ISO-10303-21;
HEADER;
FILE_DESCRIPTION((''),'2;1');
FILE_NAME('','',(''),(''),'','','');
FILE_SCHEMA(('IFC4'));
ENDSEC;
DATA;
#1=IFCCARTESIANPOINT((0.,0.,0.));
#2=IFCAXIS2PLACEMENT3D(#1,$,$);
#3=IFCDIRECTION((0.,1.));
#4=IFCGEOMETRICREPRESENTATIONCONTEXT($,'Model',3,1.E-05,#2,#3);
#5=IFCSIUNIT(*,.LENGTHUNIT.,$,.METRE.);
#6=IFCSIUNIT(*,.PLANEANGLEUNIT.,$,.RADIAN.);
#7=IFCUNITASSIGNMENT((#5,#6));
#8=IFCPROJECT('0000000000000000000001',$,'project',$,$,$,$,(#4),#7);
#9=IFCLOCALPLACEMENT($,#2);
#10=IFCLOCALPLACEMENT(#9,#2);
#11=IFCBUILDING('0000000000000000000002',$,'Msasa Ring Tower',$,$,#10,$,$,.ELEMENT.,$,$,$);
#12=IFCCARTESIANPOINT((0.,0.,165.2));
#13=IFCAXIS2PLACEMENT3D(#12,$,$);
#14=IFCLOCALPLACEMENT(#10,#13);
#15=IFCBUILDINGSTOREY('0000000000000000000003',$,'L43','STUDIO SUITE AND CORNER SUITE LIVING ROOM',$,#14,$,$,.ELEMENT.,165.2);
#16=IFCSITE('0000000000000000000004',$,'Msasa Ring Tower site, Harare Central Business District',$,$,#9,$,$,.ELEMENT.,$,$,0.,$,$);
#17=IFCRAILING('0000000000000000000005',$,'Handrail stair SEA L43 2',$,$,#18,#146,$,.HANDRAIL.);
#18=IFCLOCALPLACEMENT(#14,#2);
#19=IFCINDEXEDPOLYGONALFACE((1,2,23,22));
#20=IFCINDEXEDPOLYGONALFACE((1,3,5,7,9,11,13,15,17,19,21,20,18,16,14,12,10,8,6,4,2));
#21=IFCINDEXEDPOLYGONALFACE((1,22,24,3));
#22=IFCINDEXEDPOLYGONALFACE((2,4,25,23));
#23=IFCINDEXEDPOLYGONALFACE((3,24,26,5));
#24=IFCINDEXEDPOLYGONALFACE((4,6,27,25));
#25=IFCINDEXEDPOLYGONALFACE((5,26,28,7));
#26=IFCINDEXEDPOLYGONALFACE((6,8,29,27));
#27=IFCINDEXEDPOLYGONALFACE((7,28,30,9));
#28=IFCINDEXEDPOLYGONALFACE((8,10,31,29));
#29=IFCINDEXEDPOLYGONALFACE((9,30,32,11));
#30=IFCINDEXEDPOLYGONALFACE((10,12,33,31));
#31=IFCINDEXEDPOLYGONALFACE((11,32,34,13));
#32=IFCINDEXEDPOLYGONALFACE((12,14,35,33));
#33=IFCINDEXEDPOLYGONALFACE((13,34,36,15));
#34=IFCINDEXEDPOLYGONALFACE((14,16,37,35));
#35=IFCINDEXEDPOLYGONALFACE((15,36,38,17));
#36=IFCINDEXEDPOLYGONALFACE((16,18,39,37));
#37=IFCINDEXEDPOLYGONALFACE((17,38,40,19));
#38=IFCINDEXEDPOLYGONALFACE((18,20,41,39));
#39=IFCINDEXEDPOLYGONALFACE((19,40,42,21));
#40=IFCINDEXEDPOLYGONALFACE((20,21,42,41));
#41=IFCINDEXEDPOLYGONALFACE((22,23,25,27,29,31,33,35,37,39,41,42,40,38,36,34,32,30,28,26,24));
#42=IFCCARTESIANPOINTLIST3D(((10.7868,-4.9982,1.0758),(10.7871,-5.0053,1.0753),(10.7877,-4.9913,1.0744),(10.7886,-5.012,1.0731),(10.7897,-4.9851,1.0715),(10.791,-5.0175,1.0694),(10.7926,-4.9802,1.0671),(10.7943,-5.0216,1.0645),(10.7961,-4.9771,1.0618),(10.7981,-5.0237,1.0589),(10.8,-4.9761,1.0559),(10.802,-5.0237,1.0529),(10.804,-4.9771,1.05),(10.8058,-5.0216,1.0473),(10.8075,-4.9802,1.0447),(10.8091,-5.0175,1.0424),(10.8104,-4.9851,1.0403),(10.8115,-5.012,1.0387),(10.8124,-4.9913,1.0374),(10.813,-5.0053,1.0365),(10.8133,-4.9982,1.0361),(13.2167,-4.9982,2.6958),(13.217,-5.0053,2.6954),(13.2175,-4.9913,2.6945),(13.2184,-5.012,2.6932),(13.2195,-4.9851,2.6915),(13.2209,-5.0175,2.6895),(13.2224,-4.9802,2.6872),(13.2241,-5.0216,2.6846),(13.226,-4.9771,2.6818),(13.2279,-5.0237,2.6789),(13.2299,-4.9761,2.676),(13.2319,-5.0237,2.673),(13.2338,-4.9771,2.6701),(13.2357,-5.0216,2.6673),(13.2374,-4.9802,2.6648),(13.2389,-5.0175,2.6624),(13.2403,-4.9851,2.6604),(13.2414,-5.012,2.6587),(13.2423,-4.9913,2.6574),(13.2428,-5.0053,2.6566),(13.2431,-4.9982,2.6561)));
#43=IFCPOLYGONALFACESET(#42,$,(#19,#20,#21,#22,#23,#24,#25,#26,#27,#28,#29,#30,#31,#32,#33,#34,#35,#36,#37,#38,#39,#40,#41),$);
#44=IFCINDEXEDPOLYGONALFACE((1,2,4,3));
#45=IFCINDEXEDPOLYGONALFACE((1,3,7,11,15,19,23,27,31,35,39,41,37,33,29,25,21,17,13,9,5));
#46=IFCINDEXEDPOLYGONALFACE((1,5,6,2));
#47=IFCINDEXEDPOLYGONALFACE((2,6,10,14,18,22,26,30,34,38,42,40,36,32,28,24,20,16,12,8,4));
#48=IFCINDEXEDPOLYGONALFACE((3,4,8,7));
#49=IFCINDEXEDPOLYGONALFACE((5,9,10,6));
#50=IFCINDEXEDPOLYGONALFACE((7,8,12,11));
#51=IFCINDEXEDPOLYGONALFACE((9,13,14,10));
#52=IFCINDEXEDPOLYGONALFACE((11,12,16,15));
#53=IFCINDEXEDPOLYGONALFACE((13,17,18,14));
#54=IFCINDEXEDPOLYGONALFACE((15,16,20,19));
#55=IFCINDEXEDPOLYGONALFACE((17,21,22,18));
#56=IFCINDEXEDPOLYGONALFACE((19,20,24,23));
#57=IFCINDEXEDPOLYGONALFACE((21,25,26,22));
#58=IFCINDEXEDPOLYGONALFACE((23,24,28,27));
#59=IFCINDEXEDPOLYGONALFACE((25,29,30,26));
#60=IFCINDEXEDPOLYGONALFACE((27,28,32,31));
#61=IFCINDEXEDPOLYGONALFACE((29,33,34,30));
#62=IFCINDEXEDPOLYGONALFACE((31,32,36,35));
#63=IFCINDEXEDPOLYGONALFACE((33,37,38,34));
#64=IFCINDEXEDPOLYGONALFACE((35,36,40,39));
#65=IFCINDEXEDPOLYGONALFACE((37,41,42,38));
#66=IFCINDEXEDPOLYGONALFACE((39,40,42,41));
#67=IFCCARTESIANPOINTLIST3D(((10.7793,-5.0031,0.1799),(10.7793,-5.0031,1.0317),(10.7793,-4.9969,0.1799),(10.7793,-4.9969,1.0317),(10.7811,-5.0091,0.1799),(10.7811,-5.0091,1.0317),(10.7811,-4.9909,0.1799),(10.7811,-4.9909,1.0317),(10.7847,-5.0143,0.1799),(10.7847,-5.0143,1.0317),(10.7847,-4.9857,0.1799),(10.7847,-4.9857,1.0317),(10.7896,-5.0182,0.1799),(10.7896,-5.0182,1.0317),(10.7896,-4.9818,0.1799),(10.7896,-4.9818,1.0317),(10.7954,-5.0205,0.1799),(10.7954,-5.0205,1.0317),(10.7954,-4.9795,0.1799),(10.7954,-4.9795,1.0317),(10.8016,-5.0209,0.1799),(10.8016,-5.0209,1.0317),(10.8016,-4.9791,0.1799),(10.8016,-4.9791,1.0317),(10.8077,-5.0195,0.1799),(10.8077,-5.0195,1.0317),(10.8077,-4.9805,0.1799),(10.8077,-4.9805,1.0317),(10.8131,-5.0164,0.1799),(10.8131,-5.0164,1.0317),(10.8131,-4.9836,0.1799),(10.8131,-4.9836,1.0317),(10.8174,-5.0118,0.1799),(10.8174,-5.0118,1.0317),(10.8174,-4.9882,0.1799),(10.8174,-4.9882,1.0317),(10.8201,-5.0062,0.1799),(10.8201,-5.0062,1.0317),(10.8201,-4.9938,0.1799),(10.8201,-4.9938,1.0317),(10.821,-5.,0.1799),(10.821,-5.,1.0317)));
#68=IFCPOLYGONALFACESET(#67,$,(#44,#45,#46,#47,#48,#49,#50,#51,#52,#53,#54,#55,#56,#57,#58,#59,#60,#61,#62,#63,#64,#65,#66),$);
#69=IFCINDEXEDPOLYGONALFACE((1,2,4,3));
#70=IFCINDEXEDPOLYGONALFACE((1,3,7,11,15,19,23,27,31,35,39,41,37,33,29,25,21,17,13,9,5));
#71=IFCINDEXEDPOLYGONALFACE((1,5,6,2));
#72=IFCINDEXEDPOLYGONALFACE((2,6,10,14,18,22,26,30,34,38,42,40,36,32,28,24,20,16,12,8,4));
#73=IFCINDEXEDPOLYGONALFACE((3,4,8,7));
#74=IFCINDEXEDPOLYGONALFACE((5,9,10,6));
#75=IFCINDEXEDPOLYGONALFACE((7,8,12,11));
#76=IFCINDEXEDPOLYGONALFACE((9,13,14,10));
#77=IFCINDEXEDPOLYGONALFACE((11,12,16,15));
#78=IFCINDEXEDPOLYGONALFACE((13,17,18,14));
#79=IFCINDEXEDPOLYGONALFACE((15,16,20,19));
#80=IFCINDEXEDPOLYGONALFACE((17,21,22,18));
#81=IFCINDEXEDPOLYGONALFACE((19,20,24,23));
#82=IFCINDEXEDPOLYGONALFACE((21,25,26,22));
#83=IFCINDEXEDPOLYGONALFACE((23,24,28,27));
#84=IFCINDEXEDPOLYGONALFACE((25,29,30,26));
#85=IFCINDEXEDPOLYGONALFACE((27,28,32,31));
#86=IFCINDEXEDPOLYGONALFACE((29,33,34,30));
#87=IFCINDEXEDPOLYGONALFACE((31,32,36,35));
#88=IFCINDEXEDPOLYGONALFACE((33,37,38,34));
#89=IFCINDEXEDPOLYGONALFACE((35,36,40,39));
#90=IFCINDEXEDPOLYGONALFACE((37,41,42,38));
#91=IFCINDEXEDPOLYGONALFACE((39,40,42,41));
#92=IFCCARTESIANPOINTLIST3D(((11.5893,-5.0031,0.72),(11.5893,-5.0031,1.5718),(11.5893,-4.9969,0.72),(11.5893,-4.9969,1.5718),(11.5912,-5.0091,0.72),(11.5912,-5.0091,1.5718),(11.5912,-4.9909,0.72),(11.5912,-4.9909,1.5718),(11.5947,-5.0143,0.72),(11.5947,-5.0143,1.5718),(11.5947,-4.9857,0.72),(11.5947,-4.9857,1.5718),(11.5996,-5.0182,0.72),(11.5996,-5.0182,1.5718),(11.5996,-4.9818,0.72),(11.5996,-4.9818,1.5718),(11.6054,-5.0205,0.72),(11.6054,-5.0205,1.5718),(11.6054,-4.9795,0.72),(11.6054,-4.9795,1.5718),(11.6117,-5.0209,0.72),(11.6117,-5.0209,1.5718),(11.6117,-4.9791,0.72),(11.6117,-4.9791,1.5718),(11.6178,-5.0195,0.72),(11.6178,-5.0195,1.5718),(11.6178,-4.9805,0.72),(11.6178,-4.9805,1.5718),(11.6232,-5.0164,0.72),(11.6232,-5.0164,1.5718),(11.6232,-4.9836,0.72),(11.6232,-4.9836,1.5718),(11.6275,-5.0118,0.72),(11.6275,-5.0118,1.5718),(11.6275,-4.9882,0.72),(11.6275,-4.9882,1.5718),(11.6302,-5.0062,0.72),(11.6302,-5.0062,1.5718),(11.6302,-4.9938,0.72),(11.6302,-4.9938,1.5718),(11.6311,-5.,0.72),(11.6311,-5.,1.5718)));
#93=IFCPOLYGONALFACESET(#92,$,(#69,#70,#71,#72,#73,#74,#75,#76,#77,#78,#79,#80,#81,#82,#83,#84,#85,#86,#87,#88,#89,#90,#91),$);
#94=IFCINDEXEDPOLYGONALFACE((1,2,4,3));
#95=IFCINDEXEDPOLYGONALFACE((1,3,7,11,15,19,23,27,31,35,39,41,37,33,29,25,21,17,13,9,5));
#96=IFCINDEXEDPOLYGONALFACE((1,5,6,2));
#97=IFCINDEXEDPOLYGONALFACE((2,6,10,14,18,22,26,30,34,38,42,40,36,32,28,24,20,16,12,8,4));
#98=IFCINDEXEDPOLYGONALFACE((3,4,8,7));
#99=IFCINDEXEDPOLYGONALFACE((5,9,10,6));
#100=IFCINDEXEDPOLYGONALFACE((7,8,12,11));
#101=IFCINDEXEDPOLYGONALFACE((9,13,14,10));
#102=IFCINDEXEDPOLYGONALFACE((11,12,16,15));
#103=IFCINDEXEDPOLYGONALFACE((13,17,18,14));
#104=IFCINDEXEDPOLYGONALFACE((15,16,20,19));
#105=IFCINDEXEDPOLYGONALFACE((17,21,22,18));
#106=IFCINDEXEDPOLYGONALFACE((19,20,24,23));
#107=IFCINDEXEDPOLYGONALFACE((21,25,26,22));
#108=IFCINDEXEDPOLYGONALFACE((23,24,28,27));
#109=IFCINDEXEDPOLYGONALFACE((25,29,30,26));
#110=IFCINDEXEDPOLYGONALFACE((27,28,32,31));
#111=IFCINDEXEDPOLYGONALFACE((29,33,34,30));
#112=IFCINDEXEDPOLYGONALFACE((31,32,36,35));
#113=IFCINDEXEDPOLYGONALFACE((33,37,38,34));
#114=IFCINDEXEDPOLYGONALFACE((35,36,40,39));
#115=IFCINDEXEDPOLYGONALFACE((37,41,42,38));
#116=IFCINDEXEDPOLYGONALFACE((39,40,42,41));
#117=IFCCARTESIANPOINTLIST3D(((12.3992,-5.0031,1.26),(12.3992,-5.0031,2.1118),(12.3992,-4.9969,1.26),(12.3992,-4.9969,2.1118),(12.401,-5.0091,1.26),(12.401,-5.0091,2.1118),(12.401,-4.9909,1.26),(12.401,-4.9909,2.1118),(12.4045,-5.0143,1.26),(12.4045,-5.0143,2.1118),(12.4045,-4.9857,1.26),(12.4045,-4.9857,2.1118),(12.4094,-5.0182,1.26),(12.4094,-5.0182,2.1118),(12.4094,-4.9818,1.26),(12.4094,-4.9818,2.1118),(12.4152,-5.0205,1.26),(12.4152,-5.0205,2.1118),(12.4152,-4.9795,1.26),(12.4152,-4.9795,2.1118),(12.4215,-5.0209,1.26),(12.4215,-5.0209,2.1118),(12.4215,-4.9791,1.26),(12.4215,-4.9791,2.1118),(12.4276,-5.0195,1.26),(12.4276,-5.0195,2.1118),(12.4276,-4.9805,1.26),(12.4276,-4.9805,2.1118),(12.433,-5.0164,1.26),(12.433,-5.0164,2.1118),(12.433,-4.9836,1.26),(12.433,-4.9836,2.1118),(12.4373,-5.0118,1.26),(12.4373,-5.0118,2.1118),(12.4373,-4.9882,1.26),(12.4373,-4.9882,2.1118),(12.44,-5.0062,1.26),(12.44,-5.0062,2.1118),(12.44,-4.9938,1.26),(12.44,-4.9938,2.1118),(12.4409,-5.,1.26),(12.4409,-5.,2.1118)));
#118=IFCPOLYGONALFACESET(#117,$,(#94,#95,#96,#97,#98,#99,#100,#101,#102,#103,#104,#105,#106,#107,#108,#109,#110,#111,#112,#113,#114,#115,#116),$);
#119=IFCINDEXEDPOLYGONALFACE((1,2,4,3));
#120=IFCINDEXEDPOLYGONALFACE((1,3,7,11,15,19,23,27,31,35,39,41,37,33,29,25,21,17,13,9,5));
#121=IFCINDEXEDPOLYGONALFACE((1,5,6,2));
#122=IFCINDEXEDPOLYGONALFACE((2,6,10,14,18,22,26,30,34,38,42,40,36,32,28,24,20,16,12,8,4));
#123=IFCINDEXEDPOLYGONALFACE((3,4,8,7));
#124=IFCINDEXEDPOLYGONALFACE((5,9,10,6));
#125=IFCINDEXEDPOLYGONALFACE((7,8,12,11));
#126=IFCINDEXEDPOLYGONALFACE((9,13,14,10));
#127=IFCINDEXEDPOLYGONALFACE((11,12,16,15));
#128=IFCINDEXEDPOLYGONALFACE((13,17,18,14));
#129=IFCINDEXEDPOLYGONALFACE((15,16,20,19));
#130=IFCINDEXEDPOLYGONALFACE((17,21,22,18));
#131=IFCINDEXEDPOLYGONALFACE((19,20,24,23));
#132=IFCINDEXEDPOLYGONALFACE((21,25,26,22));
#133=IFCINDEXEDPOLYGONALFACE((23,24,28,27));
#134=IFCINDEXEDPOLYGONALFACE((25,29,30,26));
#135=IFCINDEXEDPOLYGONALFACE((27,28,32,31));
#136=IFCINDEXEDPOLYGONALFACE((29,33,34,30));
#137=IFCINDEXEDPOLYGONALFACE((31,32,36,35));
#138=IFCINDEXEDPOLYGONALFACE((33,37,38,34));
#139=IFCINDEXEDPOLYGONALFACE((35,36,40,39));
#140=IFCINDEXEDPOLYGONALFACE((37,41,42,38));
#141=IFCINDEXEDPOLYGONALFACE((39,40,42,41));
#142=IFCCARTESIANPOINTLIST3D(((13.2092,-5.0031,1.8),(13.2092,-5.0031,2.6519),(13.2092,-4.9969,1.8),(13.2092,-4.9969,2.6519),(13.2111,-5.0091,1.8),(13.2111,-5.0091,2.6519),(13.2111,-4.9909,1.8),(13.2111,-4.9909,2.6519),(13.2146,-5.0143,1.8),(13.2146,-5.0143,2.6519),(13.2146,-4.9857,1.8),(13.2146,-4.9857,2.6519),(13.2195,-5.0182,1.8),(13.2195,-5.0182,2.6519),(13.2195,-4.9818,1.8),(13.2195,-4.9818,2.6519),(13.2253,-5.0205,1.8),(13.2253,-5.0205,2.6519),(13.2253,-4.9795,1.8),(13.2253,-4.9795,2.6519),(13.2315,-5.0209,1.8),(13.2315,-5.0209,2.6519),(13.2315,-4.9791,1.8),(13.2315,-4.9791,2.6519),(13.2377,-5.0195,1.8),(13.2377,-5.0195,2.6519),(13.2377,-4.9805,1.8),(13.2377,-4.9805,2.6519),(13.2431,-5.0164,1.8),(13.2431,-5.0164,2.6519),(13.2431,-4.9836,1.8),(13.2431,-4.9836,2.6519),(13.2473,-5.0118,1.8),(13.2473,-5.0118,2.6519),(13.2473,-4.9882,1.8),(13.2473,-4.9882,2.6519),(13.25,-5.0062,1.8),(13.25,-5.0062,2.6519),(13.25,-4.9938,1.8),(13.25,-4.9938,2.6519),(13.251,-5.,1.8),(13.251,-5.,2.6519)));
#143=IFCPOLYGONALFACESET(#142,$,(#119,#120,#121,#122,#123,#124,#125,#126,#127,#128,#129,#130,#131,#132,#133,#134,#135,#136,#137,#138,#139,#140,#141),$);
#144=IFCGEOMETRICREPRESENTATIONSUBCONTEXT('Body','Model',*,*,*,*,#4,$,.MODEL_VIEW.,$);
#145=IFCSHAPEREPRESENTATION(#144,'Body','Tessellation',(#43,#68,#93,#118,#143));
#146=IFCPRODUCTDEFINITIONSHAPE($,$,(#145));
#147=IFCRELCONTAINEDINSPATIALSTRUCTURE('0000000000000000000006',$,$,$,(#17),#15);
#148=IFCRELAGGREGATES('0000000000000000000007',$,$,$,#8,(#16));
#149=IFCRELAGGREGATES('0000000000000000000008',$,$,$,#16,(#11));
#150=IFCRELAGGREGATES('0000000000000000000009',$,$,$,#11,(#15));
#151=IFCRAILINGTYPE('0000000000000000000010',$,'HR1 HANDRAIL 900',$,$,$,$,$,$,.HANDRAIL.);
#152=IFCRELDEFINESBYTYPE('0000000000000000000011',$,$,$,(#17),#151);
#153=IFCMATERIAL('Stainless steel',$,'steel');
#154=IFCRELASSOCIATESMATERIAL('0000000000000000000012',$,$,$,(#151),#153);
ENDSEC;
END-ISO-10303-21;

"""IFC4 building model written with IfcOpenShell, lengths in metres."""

from ifc_helpers import new_model, si_unit, direction, frame, origin, origin_2d, place, context, subcontext, project, spatial, circle, extrude, material, type_object, element, save


model = new_model("IFC4")

# Units and contexts
model_context = context("Model", 3, precision=1e-05, world=origin(), true_north=direction((0.0, 1.0)))
body_context = subcontext(model_context, "Body", "Model", "MODEL_VIEW")
ifc_project = project(units=[si_unit("LENGTHUNIT", "METRE"), si_unit("PLANEANGLEUNIT", "RADIAN")], contexts=[model_context])

# Site, building, storey
site_placement = place(None, origin())
site = spatial("IfcSite", under=ifc_project, at=site_placement, Name="Msasa Ring Tower site, Harare Central Business District", CompositionType="ELEMENT", RefElevation=0.0)
building_placement = place(site_placement, origin())
building = spatial("IfcBuilding", under=site, at=building_placement, Name="Msasa Ring Tower", CompositionType="ELEMENT")
storey_placement = place(building_placement, frame((0.0, 0.0, 165.2)))
storey = spatial("IfcBuildingStorey", under=building, at=storey_placement, Name="L43", Description="STUDIO SUITE AND CORNER SUITE LIVING ROOM", CompositionType="ELEMENT", Elevation=165.2)

# Railing
ifc_material_1 = material(Name="Stainless steel", Category="steel")
railing_type = type_object("IfcRailingType", Name="HR1 HANDRAIL 900", PredefinedType="HANDRAIL", material=ifc_material_1)
for number, where, name in (
    (1, (10.8, -5.0, 0.1799), "Handrail stair SEA L43 2"),
):
    element("IfcRailing", number, at=place(storey_placement, frame(where)), inside=storey, type_object=railing_type, Name=name, PredefinedType="HANDRAIL", context=body_context, shape_type="SweptSolid", body=[
        extrude(circle(Radius=0.0239, at=origin_2d()), frame((0.0, 0.0, 0.876), z_axis=(0.832025, 0.0, 0.554739), x_axis=(0.0, 1.0, 0.0)), (0.0, 0.0, 1.0), 2.9204),
        extrude(circle(Radius=0.021, at=origin_2d()), origin(), (0.0, 0.0, 1.0), 0.8518),
        extrude(circle(Radius=0.021, at=origin_2d()), frame((0.8101, 0.0, 0.54)), (0.0, 0.0, 1.0), 0.8518),
        extrude(circle(Radius=0.021, at=origin_2d()), frame((1.6199, 0.0, 1.0801)), (0.0, 0.0, 1.0), 0.8518),
        extrude(circle(Radius=0.021, at=origin_2d()), frame((2.4299, 0.0, 1.6201)), (0.0, 0.0, 1.0), 0.8518),
    ])

save(model, "model.ifc")
